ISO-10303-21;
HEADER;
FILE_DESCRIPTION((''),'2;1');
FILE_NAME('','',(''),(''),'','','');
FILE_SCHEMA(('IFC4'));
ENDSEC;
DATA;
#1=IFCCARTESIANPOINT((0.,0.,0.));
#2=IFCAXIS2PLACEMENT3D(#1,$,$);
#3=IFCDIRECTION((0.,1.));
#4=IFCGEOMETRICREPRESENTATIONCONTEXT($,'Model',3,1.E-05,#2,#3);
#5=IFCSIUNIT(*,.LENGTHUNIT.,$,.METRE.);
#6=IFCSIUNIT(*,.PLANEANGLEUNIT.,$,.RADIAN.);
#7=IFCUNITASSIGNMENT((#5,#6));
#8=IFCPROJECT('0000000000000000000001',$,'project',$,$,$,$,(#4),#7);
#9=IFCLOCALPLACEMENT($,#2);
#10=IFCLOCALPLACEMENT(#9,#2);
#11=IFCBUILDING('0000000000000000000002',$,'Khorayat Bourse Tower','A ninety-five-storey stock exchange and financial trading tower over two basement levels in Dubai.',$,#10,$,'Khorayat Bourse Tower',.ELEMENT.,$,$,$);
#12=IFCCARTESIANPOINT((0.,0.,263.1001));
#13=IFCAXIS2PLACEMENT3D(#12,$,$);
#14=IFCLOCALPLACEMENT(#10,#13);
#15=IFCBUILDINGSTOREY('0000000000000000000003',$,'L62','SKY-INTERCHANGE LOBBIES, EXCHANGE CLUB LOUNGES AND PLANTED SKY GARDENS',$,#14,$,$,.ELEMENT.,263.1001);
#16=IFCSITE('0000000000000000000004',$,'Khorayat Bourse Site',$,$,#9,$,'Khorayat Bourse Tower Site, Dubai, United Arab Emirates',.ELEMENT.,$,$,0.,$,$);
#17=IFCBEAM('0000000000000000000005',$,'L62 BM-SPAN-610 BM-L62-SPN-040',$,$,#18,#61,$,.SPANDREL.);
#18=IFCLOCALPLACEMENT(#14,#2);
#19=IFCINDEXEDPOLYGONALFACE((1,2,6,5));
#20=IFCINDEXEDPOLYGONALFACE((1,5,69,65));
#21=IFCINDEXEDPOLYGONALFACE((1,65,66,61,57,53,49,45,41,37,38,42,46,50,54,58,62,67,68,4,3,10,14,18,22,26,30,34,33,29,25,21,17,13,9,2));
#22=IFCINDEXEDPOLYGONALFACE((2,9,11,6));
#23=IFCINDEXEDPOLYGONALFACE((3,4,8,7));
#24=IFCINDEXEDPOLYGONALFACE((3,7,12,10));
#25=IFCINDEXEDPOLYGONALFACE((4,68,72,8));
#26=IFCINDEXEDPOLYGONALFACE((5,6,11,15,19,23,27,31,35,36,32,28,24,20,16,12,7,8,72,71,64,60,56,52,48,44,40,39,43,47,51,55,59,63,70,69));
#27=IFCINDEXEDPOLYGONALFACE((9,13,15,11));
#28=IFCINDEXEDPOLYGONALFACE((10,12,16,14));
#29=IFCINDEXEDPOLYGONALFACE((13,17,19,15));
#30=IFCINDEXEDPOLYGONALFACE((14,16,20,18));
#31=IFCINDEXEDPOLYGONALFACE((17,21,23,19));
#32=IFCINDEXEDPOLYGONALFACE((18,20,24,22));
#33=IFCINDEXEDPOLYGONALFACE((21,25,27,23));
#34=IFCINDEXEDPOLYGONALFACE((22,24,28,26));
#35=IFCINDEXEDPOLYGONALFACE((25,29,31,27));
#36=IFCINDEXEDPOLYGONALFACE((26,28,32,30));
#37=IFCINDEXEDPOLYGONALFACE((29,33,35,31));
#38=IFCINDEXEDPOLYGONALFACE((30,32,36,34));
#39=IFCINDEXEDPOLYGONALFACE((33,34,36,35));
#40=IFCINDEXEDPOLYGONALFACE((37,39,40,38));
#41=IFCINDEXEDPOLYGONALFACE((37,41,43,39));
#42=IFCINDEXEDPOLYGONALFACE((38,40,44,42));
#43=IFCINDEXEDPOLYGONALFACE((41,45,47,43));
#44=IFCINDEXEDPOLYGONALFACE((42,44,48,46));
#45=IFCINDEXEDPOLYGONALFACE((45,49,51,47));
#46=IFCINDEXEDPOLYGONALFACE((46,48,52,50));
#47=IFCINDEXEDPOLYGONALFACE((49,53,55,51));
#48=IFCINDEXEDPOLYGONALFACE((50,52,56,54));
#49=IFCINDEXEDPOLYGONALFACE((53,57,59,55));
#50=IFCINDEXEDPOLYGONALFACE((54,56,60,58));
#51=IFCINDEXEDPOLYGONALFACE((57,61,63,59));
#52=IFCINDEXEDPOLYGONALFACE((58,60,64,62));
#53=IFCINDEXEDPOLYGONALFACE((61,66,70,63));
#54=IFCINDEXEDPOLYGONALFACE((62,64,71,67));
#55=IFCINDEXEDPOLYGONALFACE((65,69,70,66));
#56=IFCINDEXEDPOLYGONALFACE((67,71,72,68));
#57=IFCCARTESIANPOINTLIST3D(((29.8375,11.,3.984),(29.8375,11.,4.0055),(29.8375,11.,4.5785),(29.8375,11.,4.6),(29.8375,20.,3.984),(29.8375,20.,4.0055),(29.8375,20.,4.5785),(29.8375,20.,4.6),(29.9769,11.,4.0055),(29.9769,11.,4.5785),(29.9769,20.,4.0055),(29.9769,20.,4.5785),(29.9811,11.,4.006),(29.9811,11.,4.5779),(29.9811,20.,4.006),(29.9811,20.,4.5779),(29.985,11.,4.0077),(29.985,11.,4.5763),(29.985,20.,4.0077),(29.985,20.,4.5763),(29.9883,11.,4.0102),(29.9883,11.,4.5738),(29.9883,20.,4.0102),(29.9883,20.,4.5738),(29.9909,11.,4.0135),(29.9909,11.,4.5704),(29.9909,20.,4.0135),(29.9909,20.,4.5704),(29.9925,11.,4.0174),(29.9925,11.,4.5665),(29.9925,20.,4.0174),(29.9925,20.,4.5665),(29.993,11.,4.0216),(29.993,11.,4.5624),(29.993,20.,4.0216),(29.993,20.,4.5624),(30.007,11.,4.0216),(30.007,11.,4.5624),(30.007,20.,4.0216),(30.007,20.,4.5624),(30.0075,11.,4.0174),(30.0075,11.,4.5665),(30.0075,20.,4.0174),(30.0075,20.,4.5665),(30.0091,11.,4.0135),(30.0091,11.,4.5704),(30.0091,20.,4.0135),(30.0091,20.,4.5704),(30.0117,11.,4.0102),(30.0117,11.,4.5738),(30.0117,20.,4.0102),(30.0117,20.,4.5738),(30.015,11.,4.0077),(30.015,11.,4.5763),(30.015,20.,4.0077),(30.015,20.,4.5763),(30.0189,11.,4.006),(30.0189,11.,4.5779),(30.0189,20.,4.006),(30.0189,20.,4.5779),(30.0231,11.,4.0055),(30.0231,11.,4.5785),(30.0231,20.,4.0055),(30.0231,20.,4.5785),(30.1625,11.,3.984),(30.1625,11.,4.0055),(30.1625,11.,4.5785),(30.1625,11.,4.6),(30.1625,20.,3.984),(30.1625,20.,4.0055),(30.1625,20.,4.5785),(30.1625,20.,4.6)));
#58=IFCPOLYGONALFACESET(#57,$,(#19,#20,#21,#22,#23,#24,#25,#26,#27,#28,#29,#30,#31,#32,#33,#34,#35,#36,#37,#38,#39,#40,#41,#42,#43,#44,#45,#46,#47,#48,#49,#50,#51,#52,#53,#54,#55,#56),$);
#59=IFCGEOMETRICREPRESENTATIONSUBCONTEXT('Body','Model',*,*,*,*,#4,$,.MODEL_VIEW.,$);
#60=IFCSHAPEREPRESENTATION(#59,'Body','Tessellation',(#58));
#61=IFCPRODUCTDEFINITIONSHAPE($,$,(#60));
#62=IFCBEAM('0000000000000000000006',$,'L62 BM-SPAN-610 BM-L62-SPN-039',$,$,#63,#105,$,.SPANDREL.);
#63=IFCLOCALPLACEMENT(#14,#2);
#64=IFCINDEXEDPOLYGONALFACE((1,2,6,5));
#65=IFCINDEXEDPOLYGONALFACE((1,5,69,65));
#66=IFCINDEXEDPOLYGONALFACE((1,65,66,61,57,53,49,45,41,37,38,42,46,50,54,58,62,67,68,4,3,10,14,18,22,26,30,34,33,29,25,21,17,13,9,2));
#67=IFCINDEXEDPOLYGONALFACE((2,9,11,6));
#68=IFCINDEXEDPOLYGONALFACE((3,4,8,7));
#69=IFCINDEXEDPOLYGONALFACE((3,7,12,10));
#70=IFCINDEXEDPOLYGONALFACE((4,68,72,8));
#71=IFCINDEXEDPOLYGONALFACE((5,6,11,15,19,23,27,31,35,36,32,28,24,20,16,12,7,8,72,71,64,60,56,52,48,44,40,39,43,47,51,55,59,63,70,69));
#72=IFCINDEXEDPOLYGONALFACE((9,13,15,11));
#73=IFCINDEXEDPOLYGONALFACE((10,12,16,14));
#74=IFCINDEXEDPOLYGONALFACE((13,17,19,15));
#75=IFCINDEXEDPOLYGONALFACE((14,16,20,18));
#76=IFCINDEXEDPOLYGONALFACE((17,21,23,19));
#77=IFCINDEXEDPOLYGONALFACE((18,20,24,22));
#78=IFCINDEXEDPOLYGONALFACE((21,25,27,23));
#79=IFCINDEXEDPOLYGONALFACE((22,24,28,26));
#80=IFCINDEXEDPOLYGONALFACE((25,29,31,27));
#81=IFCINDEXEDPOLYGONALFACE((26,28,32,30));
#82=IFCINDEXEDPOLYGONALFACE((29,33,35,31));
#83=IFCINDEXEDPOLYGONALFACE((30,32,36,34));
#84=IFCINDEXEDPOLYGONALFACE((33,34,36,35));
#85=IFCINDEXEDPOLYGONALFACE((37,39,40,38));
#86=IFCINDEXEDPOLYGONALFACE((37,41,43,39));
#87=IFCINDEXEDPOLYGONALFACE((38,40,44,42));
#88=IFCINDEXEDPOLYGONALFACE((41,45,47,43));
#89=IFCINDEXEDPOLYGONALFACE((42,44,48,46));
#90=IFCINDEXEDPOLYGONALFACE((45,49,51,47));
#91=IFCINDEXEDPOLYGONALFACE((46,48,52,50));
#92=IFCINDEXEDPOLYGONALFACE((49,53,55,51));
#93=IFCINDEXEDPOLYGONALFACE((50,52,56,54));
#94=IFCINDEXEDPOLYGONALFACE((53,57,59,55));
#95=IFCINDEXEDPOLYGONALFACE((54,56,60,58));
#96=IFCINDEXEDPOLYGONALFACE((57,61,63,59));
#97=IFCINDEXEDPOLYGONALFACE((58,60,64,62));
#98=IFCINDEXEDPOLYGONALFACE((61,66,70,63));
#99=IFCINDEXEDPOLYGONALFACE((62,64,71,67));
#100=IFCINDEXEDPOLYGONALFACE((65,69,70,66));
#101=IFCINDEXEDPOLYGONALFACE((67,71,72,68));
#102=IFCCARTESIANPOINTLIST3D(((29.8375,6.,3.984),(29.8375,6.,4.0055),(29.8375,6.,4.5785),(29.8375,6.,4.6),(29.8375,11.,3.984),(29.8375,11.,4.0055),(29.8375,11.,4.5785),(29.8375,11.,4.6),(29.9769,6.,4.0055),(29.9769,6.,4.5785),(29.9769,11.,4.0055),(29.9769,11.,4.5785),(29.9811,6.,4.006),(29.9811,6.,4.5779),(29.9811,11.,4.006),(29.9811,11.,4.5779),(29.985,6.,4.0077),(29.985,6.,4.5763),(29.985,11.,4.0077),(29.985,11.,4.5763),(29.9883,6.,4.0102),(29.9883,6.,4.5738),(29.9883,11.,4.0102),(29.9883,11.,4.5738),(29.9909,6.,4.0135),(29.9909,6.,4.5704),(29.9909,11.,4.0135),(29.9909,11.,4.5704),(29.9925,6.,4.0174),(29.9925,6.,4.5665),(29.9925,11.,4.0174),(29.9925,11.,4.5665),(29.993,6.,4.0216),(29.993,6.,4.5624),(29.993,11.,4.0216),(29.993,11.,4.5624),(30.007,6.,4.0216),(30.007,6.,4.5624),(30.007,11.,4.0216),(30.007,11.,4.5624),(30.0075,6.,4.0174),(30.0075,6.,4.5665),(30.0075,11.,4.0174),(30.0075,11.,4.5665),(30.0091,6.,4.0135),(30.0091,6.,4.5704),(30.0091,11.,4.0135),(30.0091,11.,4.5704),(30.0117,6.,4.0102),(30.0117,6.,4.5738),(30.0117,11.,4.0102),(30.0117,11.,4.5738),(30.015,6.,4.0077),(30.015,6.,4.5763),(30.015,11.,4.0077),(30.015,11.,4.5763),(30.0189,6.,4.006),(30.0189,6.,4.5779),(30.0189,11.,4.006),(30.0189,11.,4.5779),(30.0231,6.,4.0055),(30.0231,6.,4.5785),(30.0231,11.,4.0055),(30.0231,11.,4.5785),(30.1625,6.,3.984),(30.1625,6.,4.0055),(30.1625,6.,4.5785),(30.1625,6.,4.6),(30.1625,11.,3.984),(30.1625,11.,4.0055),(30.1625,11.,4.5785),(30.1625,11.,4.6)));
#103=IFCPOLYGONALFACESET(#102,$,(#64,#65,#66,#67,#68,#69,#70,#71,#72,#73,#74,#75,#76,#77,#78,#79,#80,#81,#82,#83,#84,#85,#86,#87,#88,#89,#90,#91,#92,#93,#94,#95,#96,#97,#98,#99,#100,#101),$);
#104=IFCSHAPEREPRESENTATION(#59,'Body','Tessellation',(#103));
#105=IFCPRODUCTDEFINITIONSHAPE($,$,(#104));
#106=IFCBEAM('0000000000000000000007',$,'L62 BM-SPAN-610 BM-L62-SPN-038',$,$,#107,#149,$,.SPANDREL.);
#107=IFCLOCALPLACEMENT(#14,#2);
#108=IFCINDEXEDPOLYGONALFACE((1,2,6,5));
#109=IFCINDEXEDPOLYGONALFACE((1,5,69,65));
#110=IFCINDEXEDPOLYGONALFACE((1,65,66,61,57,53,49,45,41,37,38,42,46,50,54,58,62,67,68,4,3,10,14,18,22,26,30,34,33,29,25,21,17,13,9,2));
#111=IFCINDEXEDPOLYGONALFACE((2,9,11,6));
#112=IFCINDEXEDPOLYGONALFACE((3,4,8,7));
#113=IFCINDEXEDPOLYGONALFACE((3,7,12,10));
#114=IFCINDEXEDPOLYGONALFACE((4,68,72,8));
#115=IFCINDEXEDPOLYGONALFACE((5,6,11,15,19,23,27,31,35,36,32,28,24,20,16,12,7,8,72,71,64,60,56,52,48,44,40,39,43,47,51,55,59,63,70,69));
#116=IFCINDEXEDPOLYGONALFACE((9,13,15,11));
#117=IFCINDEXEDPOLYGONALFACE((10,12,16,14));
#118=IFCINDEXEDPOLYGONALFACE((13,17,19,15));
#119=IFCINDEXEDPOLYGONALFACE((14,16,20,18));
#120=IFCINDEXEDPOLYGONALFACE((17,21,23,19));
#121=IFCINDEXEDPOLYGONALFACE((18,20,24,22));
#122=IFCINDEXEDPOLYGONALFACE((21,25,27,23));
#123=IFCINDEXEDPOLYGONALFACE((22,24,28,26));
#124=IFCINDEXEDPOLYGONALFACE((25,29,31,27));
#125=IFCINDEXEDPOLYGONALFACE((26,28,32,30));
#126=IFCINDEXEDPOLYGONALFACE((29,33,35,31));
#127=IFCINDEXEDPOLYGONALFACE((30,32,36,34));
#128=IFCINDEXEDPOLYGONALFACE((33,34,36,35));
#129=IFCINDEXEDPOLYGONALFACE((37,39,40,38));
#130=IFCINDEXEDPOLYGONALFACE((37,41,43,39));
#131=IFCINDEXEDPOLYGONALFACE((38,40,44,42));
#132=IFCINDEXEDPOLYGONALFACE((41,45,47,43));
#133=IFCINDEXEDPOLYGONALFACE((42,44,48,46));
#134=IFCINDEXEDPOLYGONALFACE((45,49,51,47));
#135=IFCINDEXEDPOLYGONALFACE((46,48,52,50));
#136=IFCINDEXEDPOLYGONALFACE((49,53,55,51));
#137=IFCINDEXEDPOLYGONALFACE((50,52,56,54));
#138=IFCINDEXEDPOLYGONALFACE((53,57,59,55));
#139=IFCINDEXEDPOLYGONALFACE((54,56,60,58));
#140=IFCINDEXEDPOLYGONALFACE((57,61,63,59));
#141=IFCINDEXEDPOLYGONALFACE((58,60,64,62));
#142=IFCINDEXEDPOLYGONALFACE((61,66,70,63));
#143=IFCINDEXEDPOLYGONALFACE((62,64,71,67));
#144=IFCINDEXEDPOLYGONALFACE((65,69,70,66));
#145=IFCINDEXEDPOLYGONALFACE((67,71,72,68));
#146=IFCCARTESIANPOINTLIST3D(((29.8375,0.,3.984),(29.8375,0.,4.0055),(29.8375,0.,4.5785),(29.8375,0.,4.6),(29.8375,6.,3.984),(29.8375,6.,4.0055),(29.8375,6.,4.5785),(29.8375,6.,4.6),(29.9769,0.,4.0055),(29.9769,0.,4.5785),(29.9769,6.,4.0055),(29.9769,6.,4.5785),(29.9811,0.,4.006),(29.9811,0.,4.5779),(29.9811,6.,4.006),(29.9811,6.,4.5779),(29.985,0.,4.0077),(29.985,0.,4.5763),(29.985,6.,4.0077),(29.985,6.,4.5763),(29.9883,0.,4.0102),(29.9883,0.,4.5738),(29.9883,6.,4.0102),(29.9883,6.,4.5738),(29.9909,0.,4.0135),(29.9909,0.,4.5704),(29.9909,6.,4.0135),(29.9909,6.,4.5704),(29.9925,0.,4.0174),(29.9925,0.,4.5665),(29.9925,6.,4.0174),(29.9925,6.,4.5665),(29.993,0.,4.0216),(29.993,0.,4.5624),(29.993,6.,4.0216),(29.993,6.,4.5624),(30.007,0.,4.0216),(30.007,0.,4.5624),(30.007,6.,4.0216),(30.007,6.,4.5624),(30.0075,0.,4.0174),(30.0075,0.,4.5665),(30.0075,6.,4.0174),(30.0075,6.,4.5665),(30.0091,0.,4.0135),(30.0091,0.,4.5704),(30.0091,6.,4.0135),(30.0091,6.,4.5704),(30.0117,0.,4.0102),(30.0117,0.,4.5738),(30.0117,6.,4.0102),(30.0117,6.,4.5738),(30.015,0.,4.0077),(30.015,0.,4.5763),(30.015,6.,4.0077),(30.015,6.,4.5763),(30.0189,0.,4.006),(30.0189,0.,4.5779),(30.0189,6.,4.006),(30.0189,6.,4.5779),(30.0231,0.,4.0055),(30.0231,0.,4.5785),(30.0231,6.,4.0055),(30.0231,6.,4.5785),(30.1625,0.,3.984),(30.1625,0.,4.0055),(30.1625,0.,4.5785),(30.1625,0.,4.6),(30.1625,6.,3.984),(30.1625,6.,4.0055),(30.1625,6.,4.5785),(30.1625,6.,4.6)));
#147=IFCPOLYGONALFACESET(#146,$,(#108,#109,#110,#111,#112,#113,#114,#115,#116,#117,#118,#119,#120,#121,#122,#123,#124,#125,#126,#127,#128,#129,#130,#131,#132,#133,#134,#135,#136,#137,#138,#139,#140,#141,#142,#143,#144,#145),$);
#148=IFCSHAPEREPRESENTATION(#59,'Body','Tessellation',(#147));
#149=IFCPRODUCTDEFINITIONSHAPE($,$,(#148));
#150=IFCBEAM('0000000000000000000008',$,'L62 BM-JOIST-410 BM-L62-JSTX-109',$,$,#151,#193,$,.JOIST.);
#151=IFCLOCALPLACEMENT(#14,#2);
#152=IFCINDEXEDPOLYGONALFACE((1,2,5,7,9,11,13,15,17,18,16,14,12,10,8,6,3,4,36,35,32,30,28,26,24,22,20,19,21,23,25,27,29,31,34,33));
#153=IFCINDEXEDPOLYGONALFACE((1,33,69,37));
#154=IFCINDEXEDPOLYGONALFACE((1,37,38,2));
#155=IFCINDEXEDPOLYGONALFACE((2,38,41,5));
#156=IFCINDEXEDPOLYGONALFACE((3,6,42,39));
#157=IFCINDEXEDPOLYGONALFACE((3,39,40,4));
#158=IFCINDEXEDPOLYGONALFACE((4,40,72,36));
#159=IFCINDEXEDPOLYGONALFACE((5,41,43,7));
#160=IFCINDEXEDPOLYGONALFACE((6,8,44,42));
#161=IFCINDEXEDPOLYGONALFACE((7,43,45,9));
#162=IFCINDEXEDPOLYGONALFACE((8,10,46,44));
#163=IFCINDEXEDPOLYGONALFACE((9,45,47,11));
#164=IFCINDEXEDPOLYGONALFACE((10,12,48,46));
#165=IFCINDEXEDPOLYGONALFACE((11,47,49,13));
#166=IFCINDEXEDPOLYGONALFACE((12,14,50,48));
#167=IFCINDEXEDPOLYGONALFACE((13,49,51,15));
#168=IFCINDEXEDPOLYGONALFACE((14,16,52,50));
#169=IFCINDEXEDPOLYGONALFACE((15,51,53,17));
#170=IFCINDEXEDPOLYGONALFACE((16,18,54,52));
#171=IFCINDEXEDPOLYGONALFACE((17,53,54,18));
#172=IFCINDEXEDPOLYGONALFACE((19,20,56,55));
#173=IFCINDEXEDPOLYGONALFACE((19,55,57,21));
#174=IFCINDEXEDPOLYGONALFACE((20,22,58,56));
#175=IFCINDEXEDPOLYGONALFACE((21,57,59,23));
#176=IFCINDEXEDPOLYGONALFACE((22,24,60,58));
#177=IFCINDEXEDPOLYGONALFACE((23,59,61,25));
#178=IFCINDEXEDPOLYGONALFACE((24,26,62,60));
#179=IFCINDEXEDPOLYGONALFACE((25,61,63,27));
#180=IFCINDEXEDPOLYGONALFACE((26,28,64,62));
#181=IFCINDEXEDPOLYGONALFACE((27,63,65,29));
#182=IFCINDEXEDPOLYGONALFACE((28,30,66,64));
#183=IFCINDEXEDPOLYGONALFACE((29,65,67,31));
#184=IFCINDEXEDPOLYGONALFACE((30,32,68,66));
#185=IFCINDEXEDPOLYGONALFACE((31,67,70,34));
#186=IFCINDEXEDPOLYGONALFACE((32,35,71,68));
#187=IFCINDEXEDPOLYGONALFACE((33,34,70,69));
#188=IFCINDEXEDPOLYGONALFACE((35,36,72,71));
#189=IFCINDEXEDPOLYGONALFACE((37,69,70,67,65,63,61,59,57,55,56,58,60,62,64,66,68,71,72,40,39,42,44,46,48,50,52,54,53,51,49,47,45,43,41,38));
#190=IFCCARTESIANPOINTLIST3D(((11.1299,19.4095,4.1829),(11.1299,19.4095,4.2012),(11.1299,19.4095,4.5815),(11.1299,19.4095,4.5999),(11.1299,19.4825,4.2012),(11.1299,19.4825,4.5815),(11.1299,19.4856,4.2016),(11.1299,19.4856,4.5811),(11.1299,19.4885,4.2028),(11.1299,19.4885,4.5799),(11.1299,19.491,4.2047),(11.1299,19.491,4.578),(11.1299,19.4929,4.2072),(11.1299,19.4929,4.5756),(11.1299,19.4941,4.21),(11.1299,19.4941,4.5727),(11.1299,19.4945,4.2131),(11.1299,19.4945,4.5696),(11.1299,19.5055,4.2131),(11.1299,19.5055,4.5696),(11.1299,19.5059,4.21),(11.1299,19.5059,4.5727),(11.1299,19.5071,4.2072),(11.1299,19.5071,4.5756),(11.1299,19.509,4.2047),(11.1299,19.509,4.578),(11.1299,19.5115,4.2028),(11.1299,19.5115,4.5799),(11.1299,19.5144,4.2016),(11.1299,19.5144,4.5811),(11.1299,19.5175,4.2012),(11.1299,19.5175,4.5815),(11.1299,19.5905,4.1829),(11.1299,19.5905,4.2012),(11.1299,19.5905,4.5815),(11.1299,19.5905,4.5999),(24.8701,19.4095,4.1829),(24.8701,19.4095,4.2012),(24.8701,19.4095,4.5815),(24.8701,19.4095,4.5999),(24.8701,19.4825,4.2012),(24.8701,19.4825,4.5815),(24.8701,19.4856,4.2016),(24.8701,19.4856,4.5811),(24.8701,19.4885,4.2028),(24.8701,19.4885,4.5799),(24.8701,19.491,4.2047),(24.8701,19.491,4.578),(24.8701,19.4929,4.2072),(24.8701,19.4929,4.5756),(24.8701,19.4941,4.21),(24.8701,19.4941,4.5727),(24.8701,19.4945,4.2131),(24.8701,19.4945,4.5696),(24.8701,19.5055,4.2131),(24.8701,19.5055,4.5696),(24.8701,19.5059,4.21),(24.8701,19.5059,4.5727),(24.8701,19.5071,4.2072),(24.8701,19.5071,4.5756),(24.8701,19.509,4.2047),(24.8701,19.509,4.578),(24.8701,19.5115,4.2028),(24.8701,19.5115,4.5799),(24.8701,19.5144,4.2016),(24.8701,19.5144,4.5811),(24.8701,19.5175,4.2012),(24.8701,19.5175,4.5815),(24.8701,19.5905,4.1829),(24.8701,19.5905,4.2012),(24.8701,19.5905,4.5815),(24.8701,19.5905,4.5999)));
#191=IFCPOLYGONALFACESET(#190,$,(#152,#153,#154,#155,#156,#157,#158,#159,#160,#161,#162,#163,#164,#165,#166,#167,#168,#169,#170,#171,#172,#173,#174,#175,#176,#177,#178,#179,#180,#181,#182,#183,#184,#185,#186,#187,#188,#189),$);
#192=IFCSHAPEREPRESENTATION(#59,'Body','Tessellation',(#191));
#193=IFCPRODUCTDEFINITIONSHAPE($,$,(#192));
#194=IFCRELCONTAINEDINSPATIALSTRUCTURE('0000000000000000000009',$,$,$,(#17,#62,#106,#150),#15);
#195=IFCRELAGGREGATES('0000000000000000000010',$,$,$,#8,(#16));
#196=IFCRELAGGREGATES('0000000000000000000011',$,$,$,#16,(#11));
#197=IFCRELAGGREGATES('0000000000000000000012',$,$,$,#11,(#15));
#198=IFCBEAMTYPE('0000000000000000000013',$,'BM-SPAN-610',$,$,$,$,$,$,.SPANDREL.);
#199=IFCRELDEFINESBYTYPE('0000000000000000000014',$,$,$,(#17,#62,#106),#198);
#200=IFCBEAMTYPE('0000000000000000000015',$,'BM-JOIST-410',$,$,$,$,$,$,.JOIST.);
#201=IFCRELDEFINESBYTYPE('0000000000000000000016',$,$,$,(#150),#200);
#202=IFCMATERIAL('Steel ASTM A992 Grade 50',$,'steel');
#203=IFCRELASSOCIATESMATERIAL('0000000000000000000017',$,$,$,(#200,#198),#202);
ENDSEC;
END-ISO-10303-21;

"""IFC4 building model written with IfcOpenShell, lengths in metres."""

from ifc_helpers import new_model, si_unit, direction, frame, origin, origin_2d, place, context, subcontext, project, spatial, i_section, extrude, source, transform, mapped, material, material_profile, profile_set, type_object, element, save


model = new_model("IFC4")

# Units and contexts
model_context = context("Model", 3, precision=1e-05, world=origin(), true_north=direction((0.0, 1.0)))
body_context = subcontext(model_context, "Body", "Model", "MODEL_VIEW")
ifc_project = project(units=[si_unit("LENGTHUNIT", "METRE"), si_unit("PLANEANGLEUNIT", "RADIAN")], contexts=[model_context])

# Site, building, storey
site_placement = place(None, origin())
site = spatial("IfcSite", under=ifc_project, at=site_placement, Name="Khorayat Bourse Site", LongName="Khorayat Bourse Tower Site, Dubai, United Arab Emirates", CompositionType="ELEMENT", RefElevation=0.0)
building_placement = place(site_placement, origin())
building = spatial("IfcBuilding", under=site, at=building_placement, Name="Khorayat Bourse Tower", Description="A ninety-five-storey stock exchange and financial trading tower over two basement levels in Dubai.", LongName="Khorayat Bourse Tower", CompositionType="ELEMENT")
storey_placement = place(building_placement, frame((0.0, 0.0, 263.1001)))
storey = spatial("IfcBuildingStorey", under=building, at=storey_placement, Name="L62", Description="SKY-INTERCHANGE LOBBIES, EXCHANGE CLUB LOUNGES AND PLANTED SKY GARDENS", CompositionType="ELEMENT", Elevation=263.1001)

# Beams
ifc_material_1 = material(Name="Steel ASTM A992 Grade 50", Category="steel")
ifc_material_profile_1 = material_profile(ifc_material_1, i_section(OverallWidth=0.1809, OverallDepth=0.417, WebThickness=0.011, FlangeThickness=0.0183, FilletRadius=0.012, at=origin_2d()), Name="W410X85")
ifc_profile_set_1 = profile_set([ifc_material_profile_1], Name="Steel ASTM A992 Grade 50")
beam_type_1 = type_object("IfcBeamType", Name="BM-JOIST-410", PredefinedType="JOIST", material=ifc_profile_set_1)
ifc_material_profile_2 = material_profile(ifc_material_1, i_section(OverallWidth=0.325, OverallDepth=0.616, WebThickness=0.0139, FlangeThickness=0.0215, FilletRadius=0.0161, at=origin_2d()), Name="W610X174")
ifc_profile_set_2 = profile_set([ifc_material_profile_2], Name="Steel ASTM A992 Grade 50")
beam_type_2 = type_object("IfcBeamType", Name="BM-SPAN-610", PredefinedType="SPANDREL", material=ifc_profile_set_2)
shared_shape_1 = source(origin(), body_context, "Body", "SweptSolid", [
    extrude(i_section(OverallWidth=0.325, OverallDepth=0.616, WebThickness=0.0139, FlangeThickness=0.0215, FilletRadius=0.0161, at=origin_2d()), origin(), (0.0, 0.0, 1.0), 9.0),
])
beam_1_placement = place(storey_placement, frame((30.0, 11.0, 4.292), z_axis=(0.0, 1.0, 0.0), x_axis=(-1.0, 0.0, 0.0)))
element("IfcBeam", 1, at=beam_1_placement, inside=storey, type_object=beam_type_2, Name="L62 BM-SPAN-610 BM-L62-SPN-040", PredefinedType="SPANDREL", context=body_context, shape_type="MappedRepresentation", body=[
    mapped(shared_shape_1, transform((0.0, 0.0, 0.0), scale=1.0)),
])
shared_shape_2 = source(origin(), body_context, "Body", "SweptSolid", [
    extrude(i_section(OverallWidth=0.325, OverallDepth=0.616, WebThickness=0.0139, FlangeThickness=0.0215, FilletRadius=0.0161, at=origin_2d()), origin(), (0.0, 0.0, 1.0), 5.0),
])
beam_2_placement = place(storey_placement, frame((30.0, 6.0, 4.292), z_axis=(0.0, 1.0, 0.0), x_axis=(-1.0, 0.0, 0.0)))
element("IfcBeam", 2, at=beam_2_placement, inside=storey, type_object=beam_type_2, Name="L62 BM-SPAN-610 BM-L62-SPN-039", PredefinedType="SPANDREL", context=body_context, shape_type="MappedRepresentation", body=[
    mapped(shared_shape_2, transform((0.0, 0.0, 0.0), scale=1.0)),
])
shared_shape_3 = source(origin(), body_context, "Body", "SweptSolid", [
    extrude(i_section(OverallWidth=0.325, OverallDepth=0.616, WebThickness=0.0139, FlangeThickness=0.0215, FilletRadius=0.0161, at=origin_2d()), origin(), (0.0, 0.0, 1.0), 6.0),
])
beam_3_placement = place(storey_placement, frame((30.0, 0.0, 4.292), z_axis=(0.0, 1.0, 0.0), x_axis=(-1.0, 0.0, 0.0)))
element("IfcBeam", 3, at=beam_3_placement, inside=storey, type_object=beam_type_2, Name="L62 BM-SPAN-610 BM-L62-SPN-038", PredefinedType="SPANDREL", context=body_context, shape_type="MappedRepresentation", body=[
    mapped(shared_shape_3, transform((0.0, 0.0, 0.0), scale=1.0)),
])
shared_shape_4 = source(origin(), body_context, "Body", "SweptSolid", [
    extrude(i_section(OverallWidth=0.1809, OverallDepth=0.417, WebThickness=0.011, FlangeThickness=0.0183, FilletRadius=0.012, at=origin_2d()), origin(), (0.0, 0.0, 1.0), 13.7402),
])
beam_4_placement = place(storey_placement, frame((11.1299, 19.5, 4.3914), z_axis=(1.0, 0.0, 0.0), x_axis=(0.0, 1.0, 0.0)))
element("IfcBeam", 4, at=beam_4_placement, inside=storey, type_object=beam_type_1, Name="L62 BM-JOIST-410 BM-L62-JSTX-109", PredefinedType="JOIST", context=body_context, shape_type="MappedRepresentation", body=[
    mapped(shared_shape_4, transform((0.0, 0.0, 0.0), scale=1.0)),
])

save(model, "model.ifc")
